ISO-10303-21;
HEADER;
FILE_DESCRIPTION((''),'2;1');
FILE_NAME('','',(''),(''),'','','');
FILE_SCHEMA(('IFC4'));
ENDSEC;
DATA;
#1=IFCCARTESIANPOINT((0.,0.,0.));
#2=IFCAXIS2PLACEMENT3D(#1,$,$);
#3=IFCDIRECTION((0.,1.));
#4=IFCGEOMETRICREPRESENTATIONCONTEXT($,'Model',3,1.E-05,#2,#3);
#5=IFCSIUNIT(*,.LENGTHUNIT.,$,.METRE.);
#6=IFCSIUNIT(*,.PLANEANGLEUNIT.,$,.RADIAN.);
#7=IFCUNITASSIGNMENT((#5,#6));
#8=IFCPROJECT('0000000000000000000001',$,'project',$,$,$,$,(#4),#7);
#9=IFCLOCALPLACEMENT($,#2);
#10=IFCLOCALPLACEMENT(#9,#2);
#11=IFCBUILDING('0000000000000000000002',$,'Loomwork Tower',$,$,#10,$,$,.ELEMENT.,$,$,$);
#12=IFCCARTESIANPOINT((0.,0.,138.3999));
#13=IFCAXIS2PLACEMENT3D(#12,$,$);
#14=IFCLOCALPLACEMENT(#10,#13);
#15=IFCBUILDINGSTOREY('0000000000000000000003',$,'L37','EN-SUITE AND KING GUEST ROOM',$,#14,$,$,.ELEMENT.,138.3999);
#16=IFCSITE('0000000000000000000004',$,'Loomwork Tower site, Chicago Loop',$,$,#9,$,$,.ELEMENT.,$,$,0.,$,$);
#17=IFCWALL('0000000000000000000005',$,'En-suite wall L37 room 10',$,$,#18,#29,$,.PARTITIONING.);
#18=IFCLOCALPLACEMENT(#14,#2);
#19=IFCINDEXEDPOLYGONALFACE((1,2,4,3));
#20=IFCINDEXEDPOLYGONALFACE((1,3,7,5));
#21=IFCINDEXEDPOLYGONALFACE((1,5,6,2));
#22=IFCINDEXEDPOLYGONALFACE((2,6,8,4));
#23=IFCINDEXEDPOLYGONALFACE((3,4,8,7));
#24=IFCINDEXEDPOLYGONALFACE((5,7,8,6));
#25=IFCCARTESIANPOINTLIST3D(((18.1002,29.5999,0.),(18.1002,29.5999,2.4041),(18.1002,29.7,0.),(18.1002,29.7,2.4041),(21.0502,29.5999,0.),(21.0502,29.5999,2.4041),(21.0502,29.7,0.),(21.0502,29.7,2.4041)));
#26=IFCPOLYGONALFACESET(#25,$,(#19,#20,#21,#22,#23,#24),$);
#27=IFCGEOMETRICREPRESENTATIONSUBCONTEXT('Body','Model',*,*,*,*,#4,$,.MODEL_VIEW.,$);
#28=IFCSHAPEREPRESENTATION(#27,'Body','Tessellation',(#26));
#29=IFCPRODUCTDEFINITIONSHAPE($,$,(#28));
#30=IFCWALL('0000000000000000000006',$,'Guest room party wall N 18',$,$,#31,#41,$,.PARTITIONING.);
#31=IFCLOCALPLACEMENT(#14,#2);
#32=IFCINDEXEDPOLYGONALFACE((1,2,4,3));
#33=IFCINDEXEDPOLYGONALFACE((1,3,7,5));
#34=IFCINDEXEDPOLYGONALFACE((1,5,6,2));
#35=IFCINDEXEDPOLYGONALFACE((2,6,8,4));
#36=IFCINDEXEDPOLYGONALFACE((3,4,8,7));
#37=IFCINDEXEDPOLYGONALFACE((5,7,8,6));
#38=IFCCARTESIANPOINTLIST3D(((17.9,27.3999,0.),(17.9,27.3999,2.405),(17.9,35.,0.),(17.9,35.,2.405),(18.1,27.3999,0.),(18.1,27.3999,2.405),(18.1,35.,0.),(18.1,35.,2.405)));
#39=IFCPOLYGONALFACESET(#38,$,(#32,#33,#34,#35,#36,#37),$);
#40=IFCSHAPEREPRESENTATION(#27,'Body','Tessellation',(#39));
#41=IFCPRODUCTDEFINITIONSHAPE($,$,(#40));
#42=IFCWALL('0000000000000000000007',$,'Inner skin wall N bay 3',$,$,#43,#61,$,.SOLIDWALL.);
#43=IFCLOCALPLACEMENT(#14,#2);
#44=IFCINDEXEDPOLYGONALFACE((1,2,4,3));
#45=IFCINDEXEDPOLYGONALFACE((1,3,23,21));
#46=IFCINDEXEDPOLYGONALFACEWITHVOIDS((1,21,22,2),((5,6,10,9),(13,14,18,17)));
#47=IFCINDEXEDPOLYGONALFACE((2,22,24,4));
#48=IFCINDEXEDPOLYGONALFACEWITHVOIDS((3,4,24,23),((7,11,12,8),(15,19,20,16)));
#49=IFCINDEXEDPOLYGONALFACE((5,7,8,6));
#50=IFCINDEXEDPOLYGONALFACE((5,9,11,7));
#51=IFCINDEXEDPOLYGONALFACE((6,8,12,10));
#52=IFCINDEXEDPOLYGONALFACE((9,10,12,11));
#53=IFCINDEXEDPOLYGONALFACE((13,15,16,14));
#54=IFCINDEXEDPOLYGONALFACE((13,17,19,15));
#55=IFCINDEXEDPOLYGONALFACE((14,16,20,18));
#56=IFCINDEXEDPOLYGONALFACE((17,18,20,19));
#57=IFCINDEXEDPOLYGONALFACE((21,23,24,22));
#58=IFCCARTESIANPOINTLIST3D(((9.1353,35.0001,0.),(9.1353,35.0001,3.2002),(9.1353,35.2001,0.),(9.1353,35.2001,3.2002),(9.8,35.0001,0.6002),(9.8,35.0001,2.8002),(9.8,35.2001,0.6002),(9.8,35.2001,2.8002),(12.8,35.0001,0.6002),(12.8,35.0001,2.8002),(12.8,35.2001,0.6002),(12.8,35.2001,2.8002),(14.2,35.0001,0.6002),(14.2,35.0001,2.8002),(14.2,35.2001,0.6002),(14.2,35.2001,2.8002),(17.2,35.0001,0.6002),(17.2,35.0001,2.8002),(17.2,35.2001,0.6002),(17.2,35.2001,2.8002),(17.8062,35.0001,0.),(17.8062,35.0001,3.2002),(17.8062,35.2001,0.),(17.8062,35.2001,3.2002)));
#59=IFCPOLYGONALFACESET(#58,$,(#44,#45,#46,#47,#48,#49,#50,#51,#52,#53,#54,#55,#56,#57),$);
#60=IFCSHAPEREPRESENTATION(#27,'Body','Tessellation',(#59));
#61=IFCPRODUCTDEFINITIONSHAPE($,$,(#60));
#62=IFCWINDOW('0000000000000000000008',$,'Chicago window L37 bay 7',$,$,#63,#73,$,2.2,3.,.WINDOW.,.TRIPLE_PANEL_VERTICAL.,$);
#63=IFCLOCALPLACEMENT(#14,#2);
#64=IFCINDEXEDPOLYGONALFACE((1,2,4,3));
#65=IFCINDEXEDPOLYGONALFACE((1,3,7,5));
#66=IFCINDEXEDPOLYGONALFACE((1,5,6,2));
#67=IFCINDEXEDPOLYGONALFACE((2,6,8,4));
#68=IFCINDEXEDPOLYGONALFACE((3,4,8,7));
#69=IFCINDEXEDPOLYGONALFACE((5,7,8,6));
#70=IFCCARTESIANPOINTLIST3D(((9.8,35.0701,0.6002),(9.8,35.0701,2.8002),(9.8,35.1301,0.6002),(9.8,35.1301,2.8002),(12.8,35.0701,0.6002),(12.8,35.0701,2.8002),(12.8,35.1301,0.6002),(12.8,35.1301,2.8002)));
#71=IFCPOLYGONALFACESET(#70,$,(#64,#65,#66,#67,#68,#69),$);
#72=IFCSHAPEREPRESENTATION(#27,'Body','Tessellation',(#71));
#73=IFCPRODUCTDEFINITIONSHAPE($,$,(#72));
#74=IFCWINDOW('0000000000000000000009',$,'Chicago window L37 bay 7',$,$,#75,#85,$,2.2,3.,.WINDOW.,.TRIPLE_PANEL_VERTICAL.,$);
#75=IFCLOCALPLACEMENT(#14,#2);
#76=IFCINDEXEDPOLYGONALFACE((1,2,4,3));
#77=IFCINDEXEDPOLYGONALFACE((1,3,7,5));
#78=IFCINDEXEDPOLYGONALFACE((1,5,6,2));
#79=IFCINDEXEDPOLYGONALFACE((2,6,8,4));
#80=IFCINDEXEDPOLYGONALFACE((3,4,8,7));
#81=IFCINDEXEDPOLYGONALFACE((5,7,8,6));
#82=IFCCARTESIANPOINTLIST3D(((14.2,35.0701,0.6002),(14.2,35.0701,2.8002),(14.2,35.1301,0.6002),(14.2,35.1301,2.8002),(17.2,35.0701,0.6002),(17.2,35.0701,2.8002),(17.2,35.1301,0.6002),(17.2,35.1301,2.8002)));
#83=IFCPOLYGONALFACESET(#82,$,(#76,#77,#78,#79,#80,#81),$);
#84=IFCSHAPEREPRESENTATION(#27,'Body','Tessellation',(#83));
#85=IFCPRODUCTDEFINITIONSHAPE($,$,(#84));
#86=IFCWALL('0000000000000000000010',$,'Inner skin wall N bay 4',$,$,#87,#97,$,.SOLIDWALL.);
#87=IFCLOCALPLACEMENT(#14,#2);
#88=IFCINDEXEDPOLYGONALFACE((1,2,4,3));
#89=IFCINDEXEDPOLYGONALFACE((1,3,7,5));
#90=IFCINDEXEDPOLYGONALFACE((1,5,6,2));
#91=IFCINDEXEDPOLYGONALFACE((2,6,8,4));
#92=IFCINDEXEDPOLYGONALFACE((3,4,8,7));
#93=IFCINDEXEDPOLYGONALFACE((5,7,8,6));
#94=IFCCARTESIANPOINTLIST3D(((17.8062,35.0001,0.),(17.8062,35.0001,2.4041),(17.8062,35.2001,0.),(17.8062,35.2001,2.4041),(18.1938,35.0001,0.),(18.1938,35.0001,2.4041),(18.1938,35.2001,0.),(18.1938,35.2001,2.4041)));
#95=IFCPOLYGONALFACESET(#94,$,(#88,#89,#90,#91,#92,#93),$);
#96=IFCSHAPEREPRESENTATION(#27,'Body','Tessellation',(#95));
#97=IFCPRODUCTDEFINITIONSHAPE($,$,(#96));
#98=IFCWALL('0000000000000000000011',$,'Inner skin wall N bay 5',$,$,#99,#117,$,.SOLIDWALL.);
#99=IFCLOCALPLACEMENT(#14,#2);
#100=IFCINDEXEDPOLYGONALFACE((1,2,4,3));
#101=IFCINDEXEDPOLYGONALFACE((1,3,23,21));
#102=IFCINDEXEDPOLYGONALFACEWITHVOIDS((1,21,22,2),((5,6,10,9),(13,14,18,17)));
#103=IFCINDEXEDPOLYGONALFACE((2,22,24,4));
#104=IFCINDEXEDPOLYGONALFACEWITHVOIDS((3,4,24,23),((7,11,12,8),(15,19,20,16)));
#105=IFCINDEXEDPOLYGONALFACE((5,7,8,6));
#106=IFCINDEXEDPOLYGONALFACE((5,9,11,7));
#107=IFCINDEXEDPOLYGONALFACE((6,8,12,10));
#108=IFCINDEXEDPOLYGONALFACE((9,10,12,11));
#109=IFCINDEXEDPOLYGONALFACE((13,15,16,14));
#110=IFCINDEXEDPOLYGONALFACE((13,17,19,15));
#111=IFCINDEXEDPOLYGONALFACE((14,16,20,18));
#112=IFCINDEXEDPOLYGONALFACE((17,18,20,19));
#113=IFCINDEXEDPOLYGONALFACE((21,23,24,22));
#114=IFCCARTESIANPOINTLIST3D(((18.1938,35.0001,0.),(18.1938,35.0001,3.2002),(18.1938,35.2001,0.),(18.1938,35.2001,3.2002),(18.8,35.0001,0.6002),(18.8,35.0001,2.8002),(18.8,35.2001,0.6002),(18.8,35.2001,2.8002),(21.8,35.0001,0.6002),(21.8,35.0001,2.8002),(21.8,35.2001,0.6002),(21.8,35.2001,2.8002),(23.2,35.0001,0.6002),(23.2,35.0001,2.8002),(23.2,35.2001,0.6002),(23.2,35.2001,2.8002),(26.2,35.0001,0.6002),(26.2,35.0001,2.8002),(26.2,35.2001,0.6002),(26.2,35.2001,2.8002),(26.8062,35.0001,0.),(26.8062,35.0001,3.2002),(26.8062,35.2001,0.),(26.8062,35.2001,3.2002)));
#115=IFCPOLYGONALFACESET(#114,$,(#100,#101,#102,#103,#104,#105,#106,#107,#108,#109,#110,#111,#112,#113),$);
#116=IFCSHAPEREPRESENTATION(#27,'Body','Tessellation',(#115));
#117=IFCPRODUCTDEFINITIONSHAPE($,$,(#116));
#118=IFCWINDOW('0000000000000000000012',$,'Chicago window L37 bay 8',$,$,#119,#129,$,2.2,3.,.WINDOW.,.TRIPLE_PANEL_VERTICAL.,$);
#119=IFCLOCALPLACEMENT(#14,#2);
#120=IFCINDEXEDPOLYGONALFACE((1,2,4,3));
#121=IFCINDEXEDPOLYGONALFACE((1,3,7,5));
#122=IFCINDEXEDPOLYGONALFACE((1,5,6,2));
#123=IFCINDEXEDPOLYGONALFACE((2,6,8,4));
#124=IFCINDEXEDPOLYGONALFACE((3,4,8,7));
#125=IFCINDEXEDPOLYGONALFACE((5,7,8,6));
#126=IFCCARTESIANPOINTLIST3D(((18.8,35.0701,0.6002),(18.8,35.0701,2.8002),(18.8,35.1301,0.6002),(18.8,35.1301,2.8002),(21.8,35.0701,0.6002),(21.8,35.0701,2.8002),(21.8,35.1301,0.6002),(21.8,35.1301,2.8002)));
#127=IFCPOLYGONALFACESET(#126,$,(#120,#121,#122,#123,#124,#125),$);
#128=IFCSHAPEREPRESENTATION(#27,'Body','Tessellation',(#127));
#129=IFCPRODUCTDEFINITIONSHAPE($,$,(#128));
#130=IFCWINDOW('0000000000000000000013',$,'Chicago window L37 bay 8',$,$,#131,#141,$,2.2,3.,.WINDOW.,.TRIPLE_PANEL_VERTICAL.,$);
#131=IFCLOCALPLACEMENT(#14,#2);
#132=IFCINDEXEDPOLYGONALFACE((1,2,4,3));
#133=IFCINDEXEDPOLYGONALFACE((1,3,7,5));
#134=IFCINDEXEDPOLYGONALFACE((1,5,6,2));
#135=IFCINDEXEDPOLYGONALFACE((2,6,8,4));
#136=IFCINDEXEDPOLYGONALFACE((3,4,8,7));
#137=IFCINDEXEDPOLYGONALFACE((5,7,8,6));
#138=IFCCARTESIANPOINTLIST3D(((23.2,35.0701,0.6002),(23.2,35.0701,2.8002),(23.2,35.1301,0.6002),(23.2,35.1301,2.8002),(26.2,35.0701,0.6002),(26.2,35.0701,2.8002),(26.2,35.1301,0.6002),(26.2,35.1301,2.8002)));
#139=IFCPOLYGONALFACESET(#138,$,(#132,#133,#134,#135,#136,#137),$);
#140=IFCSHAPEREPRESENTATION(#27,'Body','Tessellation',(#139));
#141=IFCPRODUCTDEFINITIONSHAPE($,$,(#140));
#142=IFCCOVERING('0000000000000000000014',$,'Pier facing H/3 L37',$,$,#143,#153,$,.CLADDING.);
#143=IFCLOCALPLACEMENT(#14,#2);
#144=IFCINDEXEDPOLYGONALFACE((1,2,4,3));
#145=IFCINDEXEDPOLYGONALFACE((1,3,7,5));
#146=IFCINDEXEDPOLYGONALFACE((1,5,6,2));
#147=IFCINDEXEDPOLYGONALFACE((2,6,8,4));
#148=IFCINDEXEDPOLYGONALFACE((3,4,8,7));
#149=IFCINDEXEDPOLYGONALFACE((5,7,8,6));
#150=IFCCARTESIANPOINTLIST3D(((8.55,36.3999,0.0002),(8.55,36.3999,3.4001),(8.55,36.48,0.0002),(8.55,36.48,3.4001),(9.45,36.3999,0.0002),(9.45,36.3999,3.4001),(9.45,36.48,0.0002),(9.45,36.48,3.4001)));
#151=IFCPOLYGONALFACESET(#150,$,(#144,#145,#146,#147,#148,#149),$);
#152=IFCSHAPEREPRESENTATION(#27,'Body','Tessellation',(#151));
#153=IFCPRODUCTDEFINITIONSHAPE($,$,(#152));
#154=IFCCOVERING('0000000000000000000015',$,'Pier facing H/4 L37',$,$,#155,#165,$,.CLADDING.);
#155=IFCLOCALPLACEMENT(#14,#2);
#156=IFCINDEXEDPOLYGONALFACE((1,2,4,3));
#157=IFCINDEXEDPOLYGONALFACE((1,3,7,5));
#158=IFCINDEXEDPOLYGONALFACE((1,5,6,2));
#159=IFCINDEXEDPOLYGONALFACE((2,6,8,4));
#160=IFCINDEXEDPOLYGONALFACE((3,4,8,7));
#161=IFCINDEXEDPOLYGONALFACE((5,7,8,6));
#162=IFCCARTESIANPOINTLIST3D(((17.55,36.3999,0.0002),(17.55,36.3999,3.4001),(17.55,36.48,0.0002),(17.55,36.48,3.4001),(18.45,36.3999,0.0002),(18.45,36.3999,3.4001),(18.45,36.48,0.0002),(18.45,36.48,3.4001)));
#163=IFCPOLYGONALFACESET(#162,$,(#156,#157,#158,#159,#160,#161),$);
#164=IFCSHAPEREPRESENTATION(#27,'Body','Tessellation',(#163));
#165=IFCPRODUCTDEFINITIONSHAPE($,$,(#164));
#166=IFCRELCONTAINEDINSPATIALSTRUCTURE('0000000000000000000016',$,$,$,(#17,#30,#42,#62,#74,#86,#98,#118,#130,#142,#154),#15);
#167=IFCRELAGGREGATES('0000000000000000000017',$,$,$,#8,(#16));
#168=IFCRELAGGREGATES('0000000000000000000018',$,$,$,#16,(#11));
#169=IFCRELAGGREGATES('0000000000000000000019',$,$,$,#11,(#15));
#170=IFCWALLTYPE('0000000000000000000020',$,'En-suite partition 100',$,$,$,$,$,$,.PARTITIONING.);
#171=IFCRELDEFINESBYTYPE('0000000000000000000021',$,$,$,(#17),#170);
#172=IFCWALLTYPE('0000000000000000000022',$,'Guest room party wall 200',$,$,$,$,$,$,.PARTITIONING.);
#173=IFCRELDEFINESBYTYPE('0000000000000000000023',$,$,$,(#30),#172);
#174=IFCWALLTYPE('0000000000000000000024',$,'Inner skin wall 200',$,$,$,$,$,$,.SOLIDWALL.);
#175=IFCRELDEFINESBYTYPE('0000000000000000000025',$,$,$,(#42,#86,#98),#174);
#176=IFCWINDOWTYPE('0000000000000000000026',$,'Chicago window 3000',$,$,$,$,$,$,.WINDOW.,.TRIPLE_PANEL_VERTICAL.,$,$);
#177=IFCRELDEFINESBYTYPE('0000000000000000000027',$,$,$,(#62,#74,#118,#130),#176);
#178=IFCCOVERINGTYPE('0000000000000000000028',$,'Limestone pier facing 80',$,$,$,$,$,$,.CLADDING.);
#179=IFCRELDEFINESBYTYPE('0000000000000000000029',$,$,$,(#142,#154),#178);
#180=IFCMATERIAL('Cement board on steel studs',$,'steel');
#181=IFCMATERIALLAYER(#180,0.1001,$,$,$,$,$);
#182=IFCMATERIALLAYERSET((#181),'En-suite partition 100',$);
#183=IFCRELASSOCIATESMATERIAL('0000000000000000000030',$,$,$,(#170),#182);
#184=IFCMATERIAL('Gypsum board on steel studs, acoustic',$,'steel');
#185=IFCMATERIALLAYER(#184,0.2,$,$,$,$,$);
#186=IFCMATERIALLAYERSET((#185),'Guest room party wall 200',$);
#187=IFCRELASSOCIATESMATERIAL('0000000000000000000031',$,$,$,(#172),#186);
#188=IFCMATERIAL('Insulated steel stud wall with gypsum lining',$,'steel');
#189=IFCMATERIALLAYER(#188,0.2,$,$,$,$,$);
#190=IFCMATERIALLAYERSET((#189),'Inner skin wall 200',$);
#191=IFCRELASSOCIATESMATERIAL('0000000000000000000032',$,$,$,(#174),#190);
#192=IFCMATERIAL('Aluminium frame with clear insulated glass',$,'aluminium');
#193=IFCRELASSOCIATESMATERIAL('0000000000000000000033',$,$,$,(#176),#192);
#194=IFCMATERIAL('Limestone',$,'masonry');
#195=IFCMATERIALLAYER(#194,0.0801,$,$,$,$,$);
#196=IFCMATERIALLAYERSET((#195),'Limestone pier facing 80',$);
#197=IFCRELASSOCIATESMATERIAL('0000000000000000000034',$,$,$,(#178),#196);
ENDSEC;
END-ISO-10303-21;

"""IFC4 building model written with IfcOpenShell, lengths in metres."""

from ifc_helpers import new_model, si_unit, direction, frame, frame_2d, origin, origin_2d, place, context, subcontext, project, spatial, rectangle, extrude, material, layer, layer_set, type_object, element, fill, save


model = new_model("IFC4")

# Units and contexts
model_context = context("Model", 3, precision=1e-05, world=origin(), true_north=direction((0.0, 1.0)))
body_context = subcontext(model_context, "Body", "Model", "MODEL_VIEW")
ifc_project = project(units=[si_unit("LENGTHUNIT", "METRE"), si_unit("PLANEANGLEUNIT", "RADIAN")], contexts=[model_context])

# Site, building, storey
site_placement = place(None, origin())
site = spatial("IfcSite", under=ifc_project, at=site_placement, Name="Loomwork Tower site, Chicago Loop", CompositionType="ELEMENT", RefElevation=0.0)
building_placement = place(site_placement, origin())
building = spatial("IfcBuilding", under=site, at=building_placement, Name="Loomwork Tower", CompositionType="ELEMENT")
storey_placement = place(building_placement, frame((0.0, 0.0, 138.3999)))
storey = spatial("IfcBuildingStorey", under=building, at=storey_placement, Name="L37", Description="EN-SUITE AND KING GUEST ROOM", CompositionType="ELEMENT", Elevation=138.3999)

# Walls
ifc_material_1 = material(Name="Cement board on steel studs", Category="steel")
ifc_layer_1 = layer(ifc_material_1, 0.1001)
ifc_layer_set_1 = layer_set([ifc_layer_1], Name="En-suite partition 100")
wall_type_1 = type_object("IfcWallType", Name="En-suite partition 100", PredefinedType="PARTITIONING", material=ifc_layer_set_1)
for number, where, z_axis, x_axis, name in (
    (1, (18.1001, 29.6499, 0.0), (0.0, 0.0, 1.0), (1.0, 0.0, 0.0), "En-suite wall L37 room 10"),
):
    element("IfcWall", number, at=place(storey_placement, frame(where, z_axis=z_axis, x_axis=x_axis)), inside=storey, type_object=wall_type_1, Name=name, PredefinedType="PARTITIONING", context=body_context, shape_type="SweptSolid", body=[
        extrude(rectangle(XDim=2.95, YDim=0.1001, at=frame_2d((1.4751, 0.0))), origin(), (0.0, 0.0, 1.0), 2.4041),
    ])
ifc_material_2 = material(Name="Gypsum board on steel studs, acoustic", Category="steel")
ifc_layer_2 = layer(ifc_material_2, 0.2)
ifc_layer_set_2 = layer_set([ifc_layer_2], Name="Guest room party wall 200")
wall_type_2 = type_object("IfcWallType", Name="Guest room party wall 200", PredefinedType="PARTITIONING", material=ifc_layer_set_2)
wall_1_placement = place(storey_placement, frame((18.0, 27.3999, 0.0), z_axis=(0.0, 0.0, 1.0), x_axis=(0.0, 1.0, 0.0)))
element("IfcWall", 2, at=wall_1_placement, inside=storey, type_object=wall_type_2, Name="Guest room party wall N 18", PredefinedType="PARTITIONING", context=body_context, shape_type="SweptSolid", body=[
    extrude(rectangle(XDim=7.6001, YDim=0.2, at=frame_2d((3.8, 0.0))), origin(), (0.0, 0.0, 1.0), 2.405),
])

# Wall, openings, windows
ifc_material_3 = material(Name="Insulated steel stud wall with gypsum lining", Category="steel")
ifc_layer_3 = layer(ifc_material_3, 0.2)
ifc_layer_set_3 = layer_set([ifc_layer_3], Name="Inner skin wall 200")
wall_type_3 = type_object("IfcWallType", Name="Inner skin wall 200", PredefinedType="SOLIDWALL", material=ifc_layer_set_3)
wall_2_placement = place(storey_placement, frame((9.1353, 35.1001, 0.0), z_axis=(0.0, 0.0, 1.0), x_axis=(1.0, 0.0, 0.0)))
wall_2 = element("IfcWall", 3, at=wall_2_placement, inside=storey, type_object=wall_type_3, Name="Inner skin wall N bay 3", PredefinedType="SOLIDWALL", context=body_context, shape_type="SweptSolid", body=[
    extrude(rectangle(XDim=8.6709, YDim=0.2, at=frame_2d((4.3354, 0.0))), origin(), (0.0, 0.0, 1.0), 3.2002),
])
opening_1_placement = place(wall_2_placement, frame((0.6648, 0.0, 0.6001)))
opening_1 = element("IfcOpeningElement", 4, at=opening_1_placement, cuts=wall_2, PredefinedType="OPENING", context=body_context, shape_type="SweptSolid", body=[
    extrude(rectangle(XDim=3.0, YDim=2.2, at=frame_2d((1.5, 1.1001))), frame((0.0, 0.1099, 0.0), z_axis=(0.0, -1.0, 0.0), x_axis=(1.0, 0.0, 0.0)), (0.0, 0.0, 1.0), 0.22),
])
opening_2_placement = place(wall_2_placement, frame((5.0647, 0.0, 0.6001)))
opening_2 = element("IfcOpeningElement", 5, at=opening_2_placement, cuts=wall_2, PredefinedType="OPENING", context=body_context, shape_type="SweptSolid", body=[
    extrude(rectangle(XDim=3.0, YDim=2.2, at=frame_2d((1.5, 1.1001))), frame((0.0, 0.1099, 0.0), z_axis=(0.0, -1.0, 0.0), x_axis=(1.0, 0.0, 0.0)), (0.0, 0.0, 1.0), 0.22),
])
ifc_material_4 = material(Name="Aluminium frame with clear insulated glass", Category="aluminium")
window_type = type_object("IfcWindowType", Name="Chicago window 3000", PartitioningType="TRIPLE_PANEL_VERTICAL", PredefinedType="WINDOW", material=ifc_material_4)
window_1_placement = place(opening_1_placement, origin())
window_1 = element("IfcWindow", 6, at=window_1_placement, inside=storey, type_object=window_type, Name="Chicago window L37 bay 7", OverallHeight=2.2, OverallWidth=3.0, PartitioningType="TRIPLE_PANEL_VERTICAL", PredefinedType="WINDOW", context=body_context, shape_type="SweptSolid", body=[
    extrude(rectangle(XDim=3.0, YDim=2.2, at=frame_2d((1.5, 1.1001))), frame((0.0, 0.03, 0.0), z_axis=(0.0, -1.0, 0.0), x_axis=(1.0, 0.0, 0.0)), (0.0, 0.0, 1.0), 0.0601),
])
fill(opening_1, window_1)
window_2_placement = place(opening_2_placement, origin())
window_2 = element("IfcWindow", 7, at=window_2_placement, inside=storey, type_object=window_type, Name="Chicago window L37 bay 7", OverallHeight=2.2, OverallWidth=3.0, PartitioningType="TRIPLE_PANEL_VERTICAL", PredefinedType="WINDOW", context=body_context, shape_type="SweptSolid", body=[
    extrude(rectangle(XDim=3.0, YDim=2.2, at=frame_2d((1.5, 1.1001))), frame((0.0, 0.03, 0.0), z_axis=(0.0, -1.0, 0.0), x_axis=(1.0, 0.0, 0.0)), (0.0, 0.0, 1.0), 0.0601),
])
fill(opening_2, window_2)

# Wall
wall_3_placement = place(storey_placement, frame((17.8062, 35.1001, 0.0), z_axis=(0.0, 0.0, 1.0), x_axis=(1.0, 0.0, 0.0)))
element("IfcWall", 8, at=wall_3_placement, inside=storey, type_object=wall_type_3, Name="Inner skin wall N bay 4", PredefinedType="SOLIDWALL", context=body_context, shape_type="SweptSolid", body=[
    extrude(rectangle(XDim=0.3877, YDim=0.2, at=frame_2d((0.1938, 0.0))), origin(), (0.0, 0.0, 1.0), 2.4041),
])

# Wall, openings, windows
wall_4_placement = place(storey_placement, frame((18.1938, 35.1001, 0.0), z_axis=(0.0, 0.0, 1.0), x_axis=(1.0, 0.0, 0.0)))
wall_4 = element("IfcWall", 9, at=wall_4_placement, inside=storey, type_object=wall_type_3, Name="Inner skin wall N bay 5", PredefinedType="SOLIDWALL", context=body_context, shape_type="SweptSolid", body=[
    extrude(rectangle(XDim=8.6123, YDim=0.2, at=frame_2d((4.3062, 0.0))), origin(), (0.0, 0.0, 1.0), 3.2002),
])
opening_3_placement = place(wall_4_placement, frame((0.6062, 0.0, 0.6001)))
opening_3 = element("IfcOpeningElement", 10, at=opening_3_placement, cuts=wall_4, PredefinedType="OPENING", context=body_context, shape_type="SweptSolid", body=[
    extrude(rectangle(XDim=3.0, YDim=2.2, at=frame_2d((1.5, 1.1001))), frame((0.0, 0.1099, 0.0), z_axis=(0.0, -1.0, 0.0), x_axis=(1.0, 0.0, 0.0)), (0.0, 0.0, 1.0), 0.22),
])
opening_4_placement = place(wall_4_placement, frame((5.0061, 0.0, 0.6001)))
opening_4 = element("IfcOpeningElement", 11, at=opening_4_placement, cuts=wall_4, PredefinedType="OPENING", context=body_context, shape_type="SweptSolid", body=[
    extrude(rectangle(XDim=3.0, YDim=2.2, at=frame_2d((1.5, 1.1001))), frame((0.0, 0.1099, 0.0), z_axis=(0.0, -1.0, 0.0), x_axis=(1.0, 0.0, 0.0)), (0.0, 0.0, 1.0), 0.22),
])
window_3_placement = place(opening_3_placement, origin())
window_3 = element("IfcWindow", 12, at=window_3_placement, inside=storey, type_object=window_type, Name="Chicago window L37 bay 8", OverallHeight=2.2, OverallWidth=3.0, PartitioningType="TRIPLE_PANEL_VERTICAL", PredefinedType="WINDOW", context=body_context, shape_type="SweptSolid", body=[
    extrude(rectangle(XDim=3.0, YDim=2.2, at=frame_2d((1.5, 1.1001))), frame((0.0, 0.03, 0.0), z_axis=(0.0, -1.0, 0.0), x_axis=(1.0, 0.0, 0.0)), (0.0, 0.0, 1.0), 0.0601),
])
fill(opening_3, window_3)
window_4_placement = place(opening_4_placement, origin())
window_4 = element("IfcWindow", 13, at=window_4_placement, inside=storey, type_object=window_type, Name="Chicago window L37 bay 8", OverallHeight=2.2, OverallWidth=3.0, PartitioningType="TRIPLE_PANEL_VERTICAL", PredefinedType="WINDOW", context=body_context, shape_type="SweptSolid", body=[
    extrude(rectangle(XDim=3.0, YDim=2.2, at=frame_2d((1.5, 1.1001))), frame((0.0, 0.03, 0.0), z_axis=(0.0, -1.0, 0.0), x_axis=(1.0, 0.0, 0.0)), (0.0, 0.0, 1.0), 0.0601),
])
fill(opening_4, window_4)

# Coverings
ifc_material_5 = material(Name="Limestone", Category="masonry")
ifc_layer_4 = layer(ifc_material_5, 0.0801)
ifc_layer_set_4 = layer_set([ifc_layer_4], Name="Limestone pier facing 80")
covering_type = type_object("IfcCoveringType", Name="Limestone pier facing 80", PredefinedType="CLADDING", material=ifc_layer_set_4)
for number, where, z_axis, x_axis, name in (
    (14, (9.0, 36.4399, 0.0002), (0.0, 0.0, 1.0), (1.0, 0.0, 0.0), "Pier facing H/3 L37"),
    (15, (18.0, 36.4399, 0.0002), (0.0, 0.0, 1.0), (1.0, 0.0, 0.0), "Pier facing H/4 L37"),
):
    element("IfcCovering", number, at=place(storey_placement, frame(where, z_axis=z_axis, x_axis=x_axis)), inside=storey, type_object=covering_type, Name=name, PredefinedType="CLADDING", context=body_context, shape_type="SweptSolid", body=[
        extrude(rectangle(XDim=0.8999, YDim=0.0801, at=origin_2d()), origin(), (0.0, 0.0, 1.0), 3.3999),
    ])

save(model, "model.ifc")
